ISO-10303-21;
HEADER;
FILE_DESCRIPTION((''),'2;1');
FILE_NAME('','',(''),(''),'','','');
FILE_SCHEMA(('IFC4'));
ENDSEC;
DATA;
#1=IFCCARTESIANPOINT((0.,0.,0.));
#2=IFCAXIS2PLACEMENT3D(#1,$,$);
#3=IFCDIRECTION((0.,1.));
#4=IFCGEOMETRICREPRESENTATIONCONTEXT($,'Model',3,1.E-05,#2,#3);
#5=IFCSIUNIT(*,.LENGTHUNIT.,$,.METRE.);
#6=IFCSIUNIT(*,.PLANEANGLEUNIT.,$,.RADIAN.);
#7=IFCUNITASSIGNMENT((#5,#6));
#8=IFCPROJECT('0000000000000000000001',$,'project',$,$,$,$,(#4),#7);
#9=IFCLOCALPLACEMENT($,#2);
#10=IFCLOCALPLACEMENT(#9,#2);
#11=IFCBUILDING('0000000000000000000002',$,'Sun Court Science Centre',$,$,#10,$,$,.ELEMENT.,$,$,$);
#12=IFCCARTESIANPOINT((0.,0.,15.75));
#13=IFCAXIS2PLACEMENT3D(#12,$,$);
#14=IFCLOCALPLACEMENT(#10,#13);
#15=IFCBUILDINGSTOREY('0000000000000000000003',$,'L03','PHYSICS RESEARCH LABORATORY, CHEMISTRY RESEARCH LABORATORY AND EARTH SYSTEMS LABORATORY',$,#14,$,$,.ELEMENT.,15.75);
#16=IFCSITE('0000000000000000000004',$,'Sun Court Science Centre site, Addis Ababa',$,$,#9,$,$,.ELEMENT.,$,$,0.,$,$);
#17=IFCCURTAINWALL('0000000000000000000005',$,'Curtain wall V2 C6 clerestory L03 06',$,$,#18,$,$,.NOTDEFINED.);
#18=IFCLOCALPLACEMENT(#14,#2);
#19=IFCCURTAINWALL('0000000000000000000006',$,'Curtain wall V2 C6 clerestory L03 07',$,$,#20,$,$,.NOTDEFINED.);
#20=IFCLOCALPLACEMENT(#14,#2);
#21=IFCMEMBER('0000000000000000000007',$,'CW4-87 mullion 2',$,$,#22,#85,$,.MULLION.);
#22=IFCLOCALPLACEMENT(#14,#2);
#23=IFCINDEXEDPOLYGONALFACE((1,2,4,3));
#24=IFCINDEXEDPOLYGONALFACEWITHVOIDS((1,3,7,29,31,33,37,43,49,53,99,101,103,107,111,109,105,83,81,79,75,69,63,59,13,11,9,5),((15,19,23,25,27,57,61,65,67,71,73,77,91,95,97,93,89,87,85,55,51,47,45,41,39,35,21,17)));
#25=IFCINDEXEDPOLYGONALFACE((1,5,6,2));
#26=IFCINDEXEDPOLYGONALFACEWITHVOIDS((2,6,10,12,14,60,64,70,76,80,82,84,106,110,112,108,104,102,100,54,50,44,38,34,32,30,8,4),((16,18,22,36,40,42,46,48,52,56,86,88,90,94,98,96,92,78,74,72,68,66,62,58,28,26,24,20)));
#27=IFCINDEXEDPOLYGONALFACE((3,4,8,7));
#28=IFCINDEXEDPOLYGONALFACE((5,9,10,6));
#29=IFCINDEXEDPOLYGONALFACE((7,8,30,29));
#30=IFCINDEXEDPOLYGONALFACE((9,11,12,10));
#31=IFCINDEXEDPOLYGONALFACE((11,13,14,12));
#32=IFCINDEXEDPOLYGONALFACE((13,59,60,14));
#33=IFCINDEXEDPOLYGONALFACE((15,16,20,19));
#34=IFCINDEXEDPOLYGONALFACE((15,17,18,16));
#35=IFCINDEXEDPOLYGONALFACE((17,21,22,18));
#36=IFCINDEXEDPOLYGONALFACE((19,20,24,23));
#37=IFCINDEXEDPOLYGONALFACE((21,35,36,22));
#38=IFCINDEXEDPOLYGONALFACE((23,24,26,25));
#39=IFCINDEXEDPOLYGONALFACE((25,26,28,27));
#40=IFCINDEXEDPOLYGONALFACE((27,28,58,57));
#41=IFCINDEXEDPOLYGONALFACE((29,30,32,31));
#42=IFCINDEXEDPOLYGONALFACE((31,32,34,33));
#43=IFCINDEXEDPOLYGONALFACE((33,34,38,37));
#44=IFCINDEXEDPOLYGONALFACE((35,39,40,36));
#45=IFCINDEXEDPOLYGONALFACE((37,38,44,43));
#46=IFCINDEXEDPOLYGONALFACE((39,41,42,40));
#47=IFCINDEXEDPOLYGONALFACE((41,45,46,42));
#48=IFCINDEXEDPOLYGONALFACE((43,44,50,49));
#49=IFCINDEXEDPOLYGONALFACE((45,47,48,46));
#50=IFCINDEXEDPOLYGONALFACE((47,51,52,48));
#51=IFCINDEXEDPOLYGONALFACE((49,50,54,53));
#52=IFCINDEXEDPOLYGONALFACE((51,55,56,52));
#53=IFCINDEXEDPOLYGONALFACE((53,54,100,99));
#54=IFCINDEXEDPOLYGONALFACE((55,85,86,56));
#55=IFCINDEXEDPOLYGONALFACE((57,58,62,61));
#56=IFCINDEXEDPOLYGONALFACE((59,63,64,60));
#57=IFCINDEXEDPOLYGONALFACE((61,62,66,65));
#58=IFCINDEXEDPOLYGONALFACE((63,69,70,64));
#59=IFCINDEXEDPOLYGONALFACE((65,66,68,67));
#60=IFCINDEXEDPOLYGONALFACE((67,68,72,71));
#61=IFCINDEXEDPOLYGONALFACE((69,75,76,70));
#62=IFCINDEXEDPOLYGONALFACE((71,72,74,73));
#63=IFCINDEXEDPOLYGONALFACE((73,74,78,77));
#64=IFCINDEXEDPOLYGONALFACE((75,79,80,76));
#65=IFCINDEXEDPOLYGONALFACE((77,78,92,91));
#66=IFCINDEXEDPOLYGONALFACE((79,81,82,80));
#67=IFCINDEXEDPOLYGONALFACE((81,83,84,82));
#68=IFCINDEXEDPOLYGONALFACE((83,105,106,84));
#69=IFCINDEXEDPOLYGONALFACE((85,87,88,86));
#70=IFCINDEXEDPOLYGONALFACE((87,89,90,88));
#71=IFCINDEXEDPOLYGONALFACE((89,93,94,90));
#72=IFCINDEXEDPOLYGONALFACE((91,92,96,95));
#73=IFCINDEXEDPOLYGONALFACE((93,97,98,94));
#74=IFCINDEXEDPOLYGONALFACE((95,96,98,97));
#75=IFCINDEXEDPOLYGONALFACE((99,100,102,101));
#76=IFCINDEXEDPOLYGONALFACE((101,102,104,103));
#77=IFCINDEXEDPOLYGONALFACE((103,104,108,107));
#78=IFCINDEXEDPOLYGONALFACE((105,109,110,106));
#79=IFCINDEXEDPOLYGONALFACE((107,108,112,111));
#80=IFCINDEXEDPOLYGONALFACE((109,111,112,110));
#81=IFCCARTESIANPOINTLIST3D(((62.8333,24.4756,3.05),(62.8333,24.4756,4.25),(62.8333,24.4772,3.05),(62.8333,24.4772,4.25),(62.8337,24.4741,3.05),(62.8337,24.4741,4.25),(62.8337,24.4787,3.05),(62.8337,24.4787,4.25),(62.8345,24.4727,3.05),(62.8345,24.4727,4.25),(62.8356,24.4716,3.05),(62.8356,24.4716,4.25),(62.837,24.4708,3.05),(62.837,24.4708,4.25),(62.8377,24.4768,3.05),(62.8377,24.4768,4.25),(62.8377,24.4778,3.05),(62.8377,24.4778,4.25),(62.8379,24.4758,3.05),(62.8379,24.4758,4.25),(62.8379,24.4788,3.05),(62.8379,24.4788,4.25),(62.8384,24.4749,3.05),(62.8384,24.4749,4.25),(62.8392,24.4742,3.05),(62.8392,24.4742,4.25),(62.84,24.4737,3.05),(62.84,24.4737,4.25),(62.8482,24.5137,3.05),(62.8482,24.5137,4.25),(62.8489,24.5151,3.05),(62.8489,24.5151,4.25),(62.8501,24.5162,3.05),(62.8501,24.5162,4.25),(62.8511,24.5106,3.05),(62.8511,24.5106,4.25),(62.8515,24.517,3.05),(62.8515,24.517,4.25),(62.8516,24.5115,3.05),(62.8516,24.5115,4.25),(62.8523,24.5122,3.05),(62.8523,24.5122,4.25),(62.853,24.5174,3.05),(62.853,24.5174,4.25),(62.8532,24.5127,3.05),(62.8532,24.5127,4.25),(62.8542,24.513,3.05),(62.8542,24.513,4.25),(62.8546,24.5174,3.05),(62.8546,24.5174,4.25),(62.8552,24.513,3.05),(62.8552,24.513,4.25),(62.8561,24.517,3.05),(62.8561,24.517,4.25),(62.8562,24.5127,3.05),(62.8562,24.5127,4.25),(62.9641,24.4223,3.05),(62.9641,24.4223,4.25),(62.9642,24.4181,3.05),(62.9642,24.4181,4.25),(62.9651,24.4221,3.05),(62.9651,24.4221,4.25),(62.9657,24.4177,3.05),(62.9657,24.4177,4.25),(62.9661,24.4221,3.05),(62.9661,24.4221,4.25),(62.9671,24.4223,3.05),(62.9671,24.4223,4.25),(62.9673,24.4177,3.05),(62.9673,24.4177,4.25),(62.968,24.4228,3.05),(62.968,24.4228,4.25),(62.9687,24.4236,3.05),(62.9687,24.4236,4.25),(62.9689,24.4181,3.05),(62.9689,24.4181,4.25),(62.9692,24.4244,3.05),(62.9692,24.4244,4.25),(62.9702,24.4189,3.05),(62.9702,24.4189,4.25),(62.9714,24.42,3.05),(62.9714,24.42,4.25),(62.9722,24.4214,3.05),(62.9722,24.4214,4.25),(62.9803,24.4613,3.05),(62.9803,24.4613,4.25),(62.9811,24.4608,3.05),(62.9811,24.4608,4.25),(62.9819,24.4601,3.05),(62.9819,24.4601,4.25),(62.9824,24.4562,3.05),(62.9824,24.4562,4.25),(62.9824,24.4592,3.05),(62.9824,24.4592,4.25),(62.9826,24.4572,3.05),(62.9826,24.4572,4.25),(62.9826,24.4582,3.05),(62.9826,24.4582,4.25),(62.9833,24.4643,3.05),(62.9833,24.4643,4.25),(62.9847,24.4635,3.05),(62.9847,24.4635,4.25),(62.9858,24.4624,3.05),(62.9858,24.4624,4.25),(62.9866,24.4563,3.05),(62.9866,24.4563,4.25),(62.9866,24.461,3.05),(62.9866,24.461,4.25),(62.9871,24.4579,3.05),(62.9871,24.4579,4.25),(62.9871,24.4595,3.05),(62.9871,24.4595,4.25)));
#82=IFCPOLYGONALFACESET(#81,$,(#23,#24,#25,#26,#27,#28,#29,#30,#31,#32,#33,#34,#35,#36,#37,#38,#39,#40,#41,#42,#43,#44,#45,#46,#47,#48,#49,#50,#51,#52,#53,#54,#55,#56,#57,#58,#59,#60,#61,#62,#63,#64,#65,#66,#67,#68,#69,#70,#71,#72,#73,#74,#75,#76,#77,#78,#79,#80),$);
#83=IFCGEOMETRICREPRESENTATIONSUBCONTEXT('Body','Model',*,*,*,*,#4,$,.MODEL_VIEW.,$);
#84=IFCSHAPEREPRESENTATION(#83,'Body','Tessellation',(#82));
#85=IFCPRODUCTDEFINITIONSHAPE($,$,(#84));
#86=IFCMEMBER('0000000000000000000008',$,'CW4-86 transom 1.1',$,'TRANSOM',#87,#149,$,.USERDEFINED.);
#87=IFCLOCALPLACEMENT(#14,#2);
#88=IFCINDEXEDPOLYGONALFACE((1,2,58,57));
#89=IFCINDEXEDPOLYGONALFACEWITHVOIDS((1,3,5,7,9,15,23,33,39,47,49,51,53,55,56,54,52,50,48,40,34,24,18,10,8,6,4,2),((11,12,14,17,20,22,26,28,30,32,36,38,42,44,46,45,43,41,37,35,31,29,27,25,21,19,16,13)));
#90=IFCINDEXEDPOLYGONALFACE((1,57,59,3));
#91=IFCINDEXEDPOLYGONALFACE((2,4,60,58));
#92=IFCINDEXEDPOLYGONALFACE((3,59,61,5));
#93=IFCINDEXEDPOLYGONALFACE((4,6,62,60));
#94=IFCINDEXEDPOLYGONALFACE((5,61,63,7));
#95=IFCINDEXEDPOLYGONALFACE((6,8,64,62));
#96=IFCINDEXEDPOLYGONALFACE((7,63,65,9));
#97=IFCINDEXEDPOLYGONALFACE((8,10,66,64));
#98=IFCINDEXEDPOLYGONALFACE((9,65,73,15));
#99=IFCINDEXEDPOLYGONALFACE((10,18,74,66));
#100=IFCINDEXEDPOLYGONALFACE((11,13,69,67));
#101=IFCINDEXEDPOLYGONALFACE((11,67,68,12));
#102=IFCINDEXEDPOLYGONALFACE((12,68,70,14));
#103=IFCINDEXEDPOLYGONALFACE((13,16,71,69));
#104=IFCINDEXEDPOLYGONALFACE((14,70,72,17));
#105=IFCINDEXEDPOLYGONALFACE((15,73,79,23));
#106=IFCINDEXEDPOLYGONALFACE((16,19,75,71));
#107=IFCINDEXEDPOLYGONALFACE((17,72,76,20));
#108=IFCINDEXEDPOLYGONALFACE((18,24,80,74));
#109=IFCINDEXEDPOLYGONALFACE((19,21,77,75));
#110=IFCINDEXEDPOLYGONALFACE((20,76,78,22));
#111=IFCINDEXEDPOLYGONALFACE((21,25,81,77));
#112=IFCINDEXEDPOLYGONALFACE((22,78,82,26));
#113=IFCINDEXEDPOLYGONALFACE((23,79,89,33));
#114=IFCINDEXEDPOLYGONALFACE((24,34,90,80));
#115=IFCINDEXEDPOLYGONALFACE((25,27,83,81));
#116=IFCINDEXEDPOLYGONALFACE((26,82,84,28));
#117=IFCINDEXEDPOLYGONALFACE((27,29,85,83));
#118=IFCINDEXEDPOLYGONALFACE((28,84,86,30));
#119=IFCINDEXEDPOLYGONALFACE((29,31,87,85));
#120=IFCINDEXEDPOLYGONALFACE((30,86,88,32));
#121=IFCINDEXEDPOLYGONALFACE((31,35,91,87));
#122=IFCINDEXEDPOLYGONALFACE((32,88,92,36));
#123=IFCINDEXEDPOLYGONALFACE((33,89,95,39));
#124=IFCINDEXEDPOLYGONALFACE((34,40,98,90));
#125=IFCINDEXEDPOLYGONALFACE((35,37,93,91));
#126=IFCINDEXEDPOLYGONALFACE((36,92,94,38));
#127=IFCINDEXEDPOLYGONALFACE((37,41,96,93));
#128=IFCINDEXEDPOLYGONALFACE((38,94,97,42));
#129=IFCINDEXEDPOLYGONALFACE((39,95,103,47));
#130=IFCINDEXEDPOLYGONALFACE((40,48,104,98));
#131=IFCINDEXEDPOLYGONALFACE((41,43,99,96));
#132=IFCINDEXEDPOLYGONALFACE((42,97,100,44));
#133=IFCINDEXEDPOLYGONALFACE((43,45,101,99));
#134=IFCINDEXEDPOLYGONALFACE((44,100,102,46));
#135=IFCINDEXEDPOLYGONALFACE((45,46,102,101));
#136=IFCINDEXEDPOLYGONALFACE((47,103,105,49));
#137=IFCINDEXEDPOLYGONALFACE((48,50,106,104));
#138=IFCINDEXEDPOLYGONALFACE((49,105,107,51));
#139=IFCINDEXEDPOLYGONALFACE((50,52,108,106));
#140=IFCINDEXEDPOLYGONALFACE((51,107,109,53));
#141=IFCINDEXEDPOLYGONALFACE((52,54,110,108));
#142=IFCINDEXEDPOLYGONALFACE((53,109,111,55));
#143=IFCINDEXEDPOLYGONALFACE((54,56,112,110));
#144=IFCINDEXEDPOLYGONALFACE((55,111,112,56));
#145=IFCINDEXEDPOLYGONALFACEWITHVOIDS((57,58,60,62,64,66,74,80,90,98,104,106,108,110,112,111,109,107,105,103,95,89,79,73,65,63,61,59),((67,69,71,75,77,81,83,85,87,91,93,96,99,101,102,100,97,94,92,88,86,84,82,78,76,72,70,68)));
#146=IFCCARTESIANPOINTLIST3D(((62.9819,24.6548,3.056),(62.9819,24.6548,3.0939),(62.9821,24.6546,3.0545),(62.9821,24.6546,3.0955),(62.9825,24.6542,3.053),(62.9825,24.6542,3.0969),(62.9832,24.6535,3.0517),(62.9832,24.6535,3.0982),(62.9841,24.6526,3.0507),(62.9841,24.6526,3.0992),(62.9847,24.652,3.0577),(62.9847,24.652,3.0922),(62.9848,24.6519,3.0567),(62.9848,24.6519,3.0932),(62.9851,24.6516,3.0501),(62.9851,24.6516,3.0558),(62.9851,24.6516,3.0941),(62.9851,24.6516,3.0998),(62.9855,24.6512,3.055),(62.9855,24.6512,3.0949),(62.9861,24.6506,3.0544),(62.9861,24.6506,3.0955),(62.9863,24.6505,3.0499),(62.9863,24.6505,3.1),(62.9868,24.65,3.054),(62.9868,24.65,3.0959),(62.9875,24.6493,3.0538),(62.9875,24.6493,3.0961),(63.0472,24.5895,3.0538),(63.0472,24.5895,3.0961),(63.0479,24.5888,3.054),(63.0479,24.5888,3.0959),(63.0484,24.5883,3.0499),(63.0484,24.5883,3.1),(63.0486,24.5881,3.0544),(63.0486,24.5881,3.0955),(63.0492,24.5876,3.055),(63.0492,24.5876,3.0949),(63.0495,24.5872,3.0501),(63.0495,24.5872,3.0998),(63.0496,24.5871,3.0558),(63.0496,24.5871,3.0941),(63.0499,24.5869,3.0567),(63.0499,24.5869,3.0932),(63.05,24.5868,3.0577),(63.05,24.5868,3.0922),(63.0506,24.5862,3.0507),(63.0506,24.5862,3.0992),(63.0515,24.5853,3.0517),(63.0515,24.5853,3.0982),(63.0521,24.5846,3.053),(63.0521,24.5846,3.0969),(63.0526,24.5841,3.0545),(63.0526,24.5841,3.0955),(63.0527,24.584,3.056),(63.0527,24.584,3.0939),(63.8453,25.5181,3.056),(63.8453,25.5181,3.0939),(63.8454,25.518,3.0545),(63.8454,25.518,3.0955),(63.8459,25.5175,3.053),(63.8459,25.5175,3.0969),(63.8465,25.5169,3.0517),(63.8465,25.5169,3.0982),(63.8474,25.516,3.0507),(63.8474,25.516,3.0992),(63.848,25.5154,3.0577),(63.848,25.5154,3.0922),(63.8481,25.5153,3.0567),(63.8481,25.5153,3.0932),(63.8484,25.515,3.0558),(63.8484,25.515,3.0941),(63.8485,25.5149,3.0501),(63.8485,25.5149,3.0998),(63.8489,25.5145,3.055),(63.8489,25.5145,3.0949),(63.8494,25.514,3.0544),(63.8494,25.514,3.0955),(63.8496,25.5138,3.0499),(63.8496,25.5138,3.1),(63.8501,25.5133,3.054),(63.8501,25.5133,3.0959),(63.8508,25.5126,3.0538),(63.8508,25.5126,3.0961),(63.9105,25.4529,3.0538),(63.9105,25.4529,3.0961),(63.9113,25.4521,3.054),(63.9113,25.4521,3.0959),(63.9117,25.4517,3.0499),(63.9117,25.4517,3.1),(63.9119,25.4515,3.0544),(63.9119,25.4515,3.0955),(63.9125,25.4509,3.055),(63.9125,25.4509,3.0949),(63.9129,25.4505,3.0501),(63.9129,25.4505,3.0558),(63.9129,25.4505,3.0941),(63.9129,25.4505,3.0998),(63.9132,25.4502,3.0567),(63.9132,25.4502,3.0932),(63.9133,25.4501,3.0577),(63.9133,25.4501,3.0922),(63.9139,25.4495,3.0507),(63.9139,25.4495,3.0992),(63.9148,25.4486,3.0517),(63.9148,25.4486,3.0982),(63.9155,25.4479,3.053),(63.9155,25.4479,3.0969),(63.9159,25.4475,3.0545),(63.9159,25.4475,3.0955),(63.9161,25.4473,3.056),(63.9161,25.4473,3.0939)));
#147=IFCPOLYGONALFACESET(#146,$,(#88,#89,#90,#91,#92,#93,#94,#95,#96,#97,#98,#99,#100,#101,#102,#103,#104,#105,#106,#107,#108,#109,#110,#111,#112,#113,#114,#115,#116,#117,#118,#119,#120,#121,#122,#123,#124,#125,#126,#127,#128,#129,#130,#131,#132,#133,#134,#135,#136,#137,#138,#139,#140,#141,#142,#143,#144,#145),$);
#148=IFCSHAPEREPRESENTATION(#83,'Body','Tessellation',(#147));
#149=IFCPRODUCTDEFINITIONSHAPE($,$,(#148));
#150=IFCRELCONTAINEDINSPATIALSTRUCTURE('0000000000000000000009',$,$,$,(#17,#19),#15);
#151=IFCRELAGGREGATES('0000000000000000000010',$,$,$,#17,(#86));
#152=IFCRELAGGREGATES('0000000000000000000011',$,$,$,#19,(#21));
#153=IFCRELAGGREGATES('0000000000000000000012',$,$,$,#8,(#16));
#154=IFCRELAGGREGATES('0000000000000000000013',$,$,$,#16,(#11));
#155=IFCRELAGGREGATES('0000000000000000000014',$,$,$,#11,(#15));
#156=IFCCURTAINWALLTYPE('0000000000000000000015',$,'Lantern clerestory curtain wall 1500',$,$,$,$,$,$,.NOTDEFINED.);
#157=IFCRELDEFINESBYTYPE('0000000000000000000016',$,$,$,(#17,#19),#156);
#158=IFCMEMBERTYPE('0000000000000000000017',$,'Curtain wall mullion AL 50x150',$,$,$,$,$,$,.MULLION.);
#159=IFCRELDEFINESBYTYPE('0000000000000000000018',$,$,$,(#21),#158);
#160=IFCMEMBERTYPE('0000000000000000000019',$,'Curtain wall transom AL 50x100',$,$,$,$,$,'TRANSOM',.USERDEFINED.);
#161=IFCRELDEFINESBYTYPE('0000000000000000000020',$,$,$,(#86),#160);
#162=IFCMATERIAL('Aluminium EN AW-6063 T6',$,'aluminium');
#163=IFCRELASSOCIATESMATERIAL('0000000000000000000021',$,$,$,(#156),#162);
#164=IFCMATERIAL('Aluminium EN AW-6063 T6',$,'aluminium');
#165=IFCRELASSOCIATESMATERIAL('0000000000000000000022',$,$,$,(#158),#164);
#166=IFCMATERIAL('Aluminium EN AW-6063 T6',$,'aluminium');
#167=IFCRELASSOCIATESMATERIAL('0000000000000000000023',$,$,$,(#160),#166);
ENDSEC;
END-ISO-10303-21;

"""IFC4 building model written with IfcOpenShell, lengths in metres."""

from ifc_helpers import new_model, si_unit, direction, frame, origin, origin_2d, place, context, subcontext, project, spatial, hollow_rectangle, extrude, material, material_profile, profile_set, type_object, element, aggregate, save


model = new_model("IFC4")

# Units and contexts
model_context = context("Model", 3, precision=1e-05, world=origin(), true_north=direction((0.0, 1.0)))
body_context = subcontext(model_context, "Body", "Model", "MODEL_VIEW")
ifc_project = project(units=[si_unit("LENGTHUNIT", "METRE"), si_unit("PLANEANGLEUNIT", "RADIAN")], contexts=[model_context])

# Site, building, storey
site_placement = place(None, origin())
site = spatial("IfcSite", under=ifc_project, at=site_placement, Name="Sun Court Science Centre site, Addis Ababa", CompositionType="ELEMENT", RefElevation=0.0)
building_placement = place(site_placement, origin())
building = spatial("IfcBuilding", under=site, at=building_placement, Name="Sun Court Science Centre", CompositionType="ELEMENT")
storey_placement = place(building_placement, frame((0.0, 0.0, 15.75)))
storey = spatial("IfcBuildingStorey", under=building, at=storey_placement, Name="L03", Description="PHYSICS RESEARCH LABORATORY, CHEMISTRY RESEARCH LABORATORY AND EARTH SYSTEMS LABORATORY", CompositionType="ELEMENT", Elevation=15.75)

# Curtain wall
ifc_material_1 = material(Name="Aluminium EN AW-6063 T6", Category="aluminium")
curtain_wall_type = type_object("IfcCurtainWallType", Name="Lantern clerestory curtain wall 1500", PredefinedType="NOTDEFINED", material=ifc_material_1)
curtain_wall_1_placement = place(storey_placement, origin())
curtain_wall_1 = element("IfcCurtainWall", 1, at=curtain_wall_1_placement, inside=storey, type_object=curtain_wall_type, Name="Curtain wall V2 C6 clerestory L03 06", PredefinedType="NOTDEFINED")
ifc_material_2 = material(Name="Aluminium EN AW-6063 T6", Category="aluminium")
ifc_material_profile_1 = material_profile(ifc_material_2, hollow_rectangle(XDim=0.05, YDim=0.1499, WallThickness=0.0039, InnerFilletRadius=0.0039, OuterFilletRadius=0.0061, at=origin_2d()), Name="AL 50x150x4")
ifc_profile_set_1 = profile_set([ifc_material_profile_1], Name="Aluminium EN AW-6063 T6")
member_type_1 = type_object("IfcMemberType", Name="Curtain wall mullion AL 50x150", PredefinedType="MULLION", material=ifc_profile_set_1)

# Curtain wall, member
curtain_wall_2_placement = place(storey_placement, origin())
curtain_wall_2 = element("IfcCurtainWall", 2, at=curtain_wall_2_placement, inside=storey, type_object=curtain_wall_type, Name="Curtain wall V2 C6 clerestory L03 07", PredefinedType="NOTDEFINED")
member_1_placement = place(storey_placement, frame((62.9102, 24.4675, 3.05), z_axis=(0.0, 0.0, 1.0), x_axis=(0.382683, 0.92388, 0.0)))
member_1 = element("IfcMember", 3, at=member_1_placement, type_object=member_type_1, Name="CW4-87 mullion 2", PredefinedType="MULLION", context=body_context, shape_type="SweptSolid", body=[
    extrude(hollow_rectangle(XDim=0.05, YDim=0.1499, WallThickness=0.0039, InnerFilletRadius=0.0039, OuterFilletRadius=0.0061, at=origin_2d()), origin(), (0.0, 0.0, 1.0), 1.2),
])

# Member
ifc_material_3 = material(Name="Aluminium EN AW-6063 T6", Category="aluminium")
ifc_material_profile_2 = material_profile(ifc_material_3, hollow_rectangle(XDim=0.05, YDim=0.1001, WallThickness=0.0039, InnerFilletRadius=0.0039, OuterFilletRadius=0.0061, at=origin_2d()), Name="AL 50x100x4")
ifc_profile_set_2 = profile_set([ifc_material_profile_2], Name="Aluminium EN AW-6063 T6")
member_type_2 = type_object("IfcMemberType", Name="Curtain wall transom AL 50x100", ElementType="TRANSOM", PredefinedType="USERDEFINED", material=ifc_profile_set_2)
member_2_placement = place(storey_placement, frame((63.0173, 24.6194, 3.075), z_axis=(0.707107, 0.707107, 0.0), x_axis=(0.0, 0.0, 1.0)))
member_2 = element("IfcMember", 4, at=member_2_placement, type_object=member_type_2, Name="CW4-86 transom 1.1", ObjectType="TRANSOM", PredefinedType="USERDEFINED", context=body_context, shape_type="SweptSolid", body=[
    extrude(hollow_rectangle(XDim=0.05, YDim=0.1001, WallThickness=0.0039, InnerFilletRadius=0.0039, OuterFilletRadius=0.0061, at=origin_2d()), origin(), (0.0, 0.0, 1.0), 1.2209),
])
aggregate(curtain_wall_1, [member_2])

aggregate(curtain_wall_2, [member_1])

save(model, "model.ifc")
